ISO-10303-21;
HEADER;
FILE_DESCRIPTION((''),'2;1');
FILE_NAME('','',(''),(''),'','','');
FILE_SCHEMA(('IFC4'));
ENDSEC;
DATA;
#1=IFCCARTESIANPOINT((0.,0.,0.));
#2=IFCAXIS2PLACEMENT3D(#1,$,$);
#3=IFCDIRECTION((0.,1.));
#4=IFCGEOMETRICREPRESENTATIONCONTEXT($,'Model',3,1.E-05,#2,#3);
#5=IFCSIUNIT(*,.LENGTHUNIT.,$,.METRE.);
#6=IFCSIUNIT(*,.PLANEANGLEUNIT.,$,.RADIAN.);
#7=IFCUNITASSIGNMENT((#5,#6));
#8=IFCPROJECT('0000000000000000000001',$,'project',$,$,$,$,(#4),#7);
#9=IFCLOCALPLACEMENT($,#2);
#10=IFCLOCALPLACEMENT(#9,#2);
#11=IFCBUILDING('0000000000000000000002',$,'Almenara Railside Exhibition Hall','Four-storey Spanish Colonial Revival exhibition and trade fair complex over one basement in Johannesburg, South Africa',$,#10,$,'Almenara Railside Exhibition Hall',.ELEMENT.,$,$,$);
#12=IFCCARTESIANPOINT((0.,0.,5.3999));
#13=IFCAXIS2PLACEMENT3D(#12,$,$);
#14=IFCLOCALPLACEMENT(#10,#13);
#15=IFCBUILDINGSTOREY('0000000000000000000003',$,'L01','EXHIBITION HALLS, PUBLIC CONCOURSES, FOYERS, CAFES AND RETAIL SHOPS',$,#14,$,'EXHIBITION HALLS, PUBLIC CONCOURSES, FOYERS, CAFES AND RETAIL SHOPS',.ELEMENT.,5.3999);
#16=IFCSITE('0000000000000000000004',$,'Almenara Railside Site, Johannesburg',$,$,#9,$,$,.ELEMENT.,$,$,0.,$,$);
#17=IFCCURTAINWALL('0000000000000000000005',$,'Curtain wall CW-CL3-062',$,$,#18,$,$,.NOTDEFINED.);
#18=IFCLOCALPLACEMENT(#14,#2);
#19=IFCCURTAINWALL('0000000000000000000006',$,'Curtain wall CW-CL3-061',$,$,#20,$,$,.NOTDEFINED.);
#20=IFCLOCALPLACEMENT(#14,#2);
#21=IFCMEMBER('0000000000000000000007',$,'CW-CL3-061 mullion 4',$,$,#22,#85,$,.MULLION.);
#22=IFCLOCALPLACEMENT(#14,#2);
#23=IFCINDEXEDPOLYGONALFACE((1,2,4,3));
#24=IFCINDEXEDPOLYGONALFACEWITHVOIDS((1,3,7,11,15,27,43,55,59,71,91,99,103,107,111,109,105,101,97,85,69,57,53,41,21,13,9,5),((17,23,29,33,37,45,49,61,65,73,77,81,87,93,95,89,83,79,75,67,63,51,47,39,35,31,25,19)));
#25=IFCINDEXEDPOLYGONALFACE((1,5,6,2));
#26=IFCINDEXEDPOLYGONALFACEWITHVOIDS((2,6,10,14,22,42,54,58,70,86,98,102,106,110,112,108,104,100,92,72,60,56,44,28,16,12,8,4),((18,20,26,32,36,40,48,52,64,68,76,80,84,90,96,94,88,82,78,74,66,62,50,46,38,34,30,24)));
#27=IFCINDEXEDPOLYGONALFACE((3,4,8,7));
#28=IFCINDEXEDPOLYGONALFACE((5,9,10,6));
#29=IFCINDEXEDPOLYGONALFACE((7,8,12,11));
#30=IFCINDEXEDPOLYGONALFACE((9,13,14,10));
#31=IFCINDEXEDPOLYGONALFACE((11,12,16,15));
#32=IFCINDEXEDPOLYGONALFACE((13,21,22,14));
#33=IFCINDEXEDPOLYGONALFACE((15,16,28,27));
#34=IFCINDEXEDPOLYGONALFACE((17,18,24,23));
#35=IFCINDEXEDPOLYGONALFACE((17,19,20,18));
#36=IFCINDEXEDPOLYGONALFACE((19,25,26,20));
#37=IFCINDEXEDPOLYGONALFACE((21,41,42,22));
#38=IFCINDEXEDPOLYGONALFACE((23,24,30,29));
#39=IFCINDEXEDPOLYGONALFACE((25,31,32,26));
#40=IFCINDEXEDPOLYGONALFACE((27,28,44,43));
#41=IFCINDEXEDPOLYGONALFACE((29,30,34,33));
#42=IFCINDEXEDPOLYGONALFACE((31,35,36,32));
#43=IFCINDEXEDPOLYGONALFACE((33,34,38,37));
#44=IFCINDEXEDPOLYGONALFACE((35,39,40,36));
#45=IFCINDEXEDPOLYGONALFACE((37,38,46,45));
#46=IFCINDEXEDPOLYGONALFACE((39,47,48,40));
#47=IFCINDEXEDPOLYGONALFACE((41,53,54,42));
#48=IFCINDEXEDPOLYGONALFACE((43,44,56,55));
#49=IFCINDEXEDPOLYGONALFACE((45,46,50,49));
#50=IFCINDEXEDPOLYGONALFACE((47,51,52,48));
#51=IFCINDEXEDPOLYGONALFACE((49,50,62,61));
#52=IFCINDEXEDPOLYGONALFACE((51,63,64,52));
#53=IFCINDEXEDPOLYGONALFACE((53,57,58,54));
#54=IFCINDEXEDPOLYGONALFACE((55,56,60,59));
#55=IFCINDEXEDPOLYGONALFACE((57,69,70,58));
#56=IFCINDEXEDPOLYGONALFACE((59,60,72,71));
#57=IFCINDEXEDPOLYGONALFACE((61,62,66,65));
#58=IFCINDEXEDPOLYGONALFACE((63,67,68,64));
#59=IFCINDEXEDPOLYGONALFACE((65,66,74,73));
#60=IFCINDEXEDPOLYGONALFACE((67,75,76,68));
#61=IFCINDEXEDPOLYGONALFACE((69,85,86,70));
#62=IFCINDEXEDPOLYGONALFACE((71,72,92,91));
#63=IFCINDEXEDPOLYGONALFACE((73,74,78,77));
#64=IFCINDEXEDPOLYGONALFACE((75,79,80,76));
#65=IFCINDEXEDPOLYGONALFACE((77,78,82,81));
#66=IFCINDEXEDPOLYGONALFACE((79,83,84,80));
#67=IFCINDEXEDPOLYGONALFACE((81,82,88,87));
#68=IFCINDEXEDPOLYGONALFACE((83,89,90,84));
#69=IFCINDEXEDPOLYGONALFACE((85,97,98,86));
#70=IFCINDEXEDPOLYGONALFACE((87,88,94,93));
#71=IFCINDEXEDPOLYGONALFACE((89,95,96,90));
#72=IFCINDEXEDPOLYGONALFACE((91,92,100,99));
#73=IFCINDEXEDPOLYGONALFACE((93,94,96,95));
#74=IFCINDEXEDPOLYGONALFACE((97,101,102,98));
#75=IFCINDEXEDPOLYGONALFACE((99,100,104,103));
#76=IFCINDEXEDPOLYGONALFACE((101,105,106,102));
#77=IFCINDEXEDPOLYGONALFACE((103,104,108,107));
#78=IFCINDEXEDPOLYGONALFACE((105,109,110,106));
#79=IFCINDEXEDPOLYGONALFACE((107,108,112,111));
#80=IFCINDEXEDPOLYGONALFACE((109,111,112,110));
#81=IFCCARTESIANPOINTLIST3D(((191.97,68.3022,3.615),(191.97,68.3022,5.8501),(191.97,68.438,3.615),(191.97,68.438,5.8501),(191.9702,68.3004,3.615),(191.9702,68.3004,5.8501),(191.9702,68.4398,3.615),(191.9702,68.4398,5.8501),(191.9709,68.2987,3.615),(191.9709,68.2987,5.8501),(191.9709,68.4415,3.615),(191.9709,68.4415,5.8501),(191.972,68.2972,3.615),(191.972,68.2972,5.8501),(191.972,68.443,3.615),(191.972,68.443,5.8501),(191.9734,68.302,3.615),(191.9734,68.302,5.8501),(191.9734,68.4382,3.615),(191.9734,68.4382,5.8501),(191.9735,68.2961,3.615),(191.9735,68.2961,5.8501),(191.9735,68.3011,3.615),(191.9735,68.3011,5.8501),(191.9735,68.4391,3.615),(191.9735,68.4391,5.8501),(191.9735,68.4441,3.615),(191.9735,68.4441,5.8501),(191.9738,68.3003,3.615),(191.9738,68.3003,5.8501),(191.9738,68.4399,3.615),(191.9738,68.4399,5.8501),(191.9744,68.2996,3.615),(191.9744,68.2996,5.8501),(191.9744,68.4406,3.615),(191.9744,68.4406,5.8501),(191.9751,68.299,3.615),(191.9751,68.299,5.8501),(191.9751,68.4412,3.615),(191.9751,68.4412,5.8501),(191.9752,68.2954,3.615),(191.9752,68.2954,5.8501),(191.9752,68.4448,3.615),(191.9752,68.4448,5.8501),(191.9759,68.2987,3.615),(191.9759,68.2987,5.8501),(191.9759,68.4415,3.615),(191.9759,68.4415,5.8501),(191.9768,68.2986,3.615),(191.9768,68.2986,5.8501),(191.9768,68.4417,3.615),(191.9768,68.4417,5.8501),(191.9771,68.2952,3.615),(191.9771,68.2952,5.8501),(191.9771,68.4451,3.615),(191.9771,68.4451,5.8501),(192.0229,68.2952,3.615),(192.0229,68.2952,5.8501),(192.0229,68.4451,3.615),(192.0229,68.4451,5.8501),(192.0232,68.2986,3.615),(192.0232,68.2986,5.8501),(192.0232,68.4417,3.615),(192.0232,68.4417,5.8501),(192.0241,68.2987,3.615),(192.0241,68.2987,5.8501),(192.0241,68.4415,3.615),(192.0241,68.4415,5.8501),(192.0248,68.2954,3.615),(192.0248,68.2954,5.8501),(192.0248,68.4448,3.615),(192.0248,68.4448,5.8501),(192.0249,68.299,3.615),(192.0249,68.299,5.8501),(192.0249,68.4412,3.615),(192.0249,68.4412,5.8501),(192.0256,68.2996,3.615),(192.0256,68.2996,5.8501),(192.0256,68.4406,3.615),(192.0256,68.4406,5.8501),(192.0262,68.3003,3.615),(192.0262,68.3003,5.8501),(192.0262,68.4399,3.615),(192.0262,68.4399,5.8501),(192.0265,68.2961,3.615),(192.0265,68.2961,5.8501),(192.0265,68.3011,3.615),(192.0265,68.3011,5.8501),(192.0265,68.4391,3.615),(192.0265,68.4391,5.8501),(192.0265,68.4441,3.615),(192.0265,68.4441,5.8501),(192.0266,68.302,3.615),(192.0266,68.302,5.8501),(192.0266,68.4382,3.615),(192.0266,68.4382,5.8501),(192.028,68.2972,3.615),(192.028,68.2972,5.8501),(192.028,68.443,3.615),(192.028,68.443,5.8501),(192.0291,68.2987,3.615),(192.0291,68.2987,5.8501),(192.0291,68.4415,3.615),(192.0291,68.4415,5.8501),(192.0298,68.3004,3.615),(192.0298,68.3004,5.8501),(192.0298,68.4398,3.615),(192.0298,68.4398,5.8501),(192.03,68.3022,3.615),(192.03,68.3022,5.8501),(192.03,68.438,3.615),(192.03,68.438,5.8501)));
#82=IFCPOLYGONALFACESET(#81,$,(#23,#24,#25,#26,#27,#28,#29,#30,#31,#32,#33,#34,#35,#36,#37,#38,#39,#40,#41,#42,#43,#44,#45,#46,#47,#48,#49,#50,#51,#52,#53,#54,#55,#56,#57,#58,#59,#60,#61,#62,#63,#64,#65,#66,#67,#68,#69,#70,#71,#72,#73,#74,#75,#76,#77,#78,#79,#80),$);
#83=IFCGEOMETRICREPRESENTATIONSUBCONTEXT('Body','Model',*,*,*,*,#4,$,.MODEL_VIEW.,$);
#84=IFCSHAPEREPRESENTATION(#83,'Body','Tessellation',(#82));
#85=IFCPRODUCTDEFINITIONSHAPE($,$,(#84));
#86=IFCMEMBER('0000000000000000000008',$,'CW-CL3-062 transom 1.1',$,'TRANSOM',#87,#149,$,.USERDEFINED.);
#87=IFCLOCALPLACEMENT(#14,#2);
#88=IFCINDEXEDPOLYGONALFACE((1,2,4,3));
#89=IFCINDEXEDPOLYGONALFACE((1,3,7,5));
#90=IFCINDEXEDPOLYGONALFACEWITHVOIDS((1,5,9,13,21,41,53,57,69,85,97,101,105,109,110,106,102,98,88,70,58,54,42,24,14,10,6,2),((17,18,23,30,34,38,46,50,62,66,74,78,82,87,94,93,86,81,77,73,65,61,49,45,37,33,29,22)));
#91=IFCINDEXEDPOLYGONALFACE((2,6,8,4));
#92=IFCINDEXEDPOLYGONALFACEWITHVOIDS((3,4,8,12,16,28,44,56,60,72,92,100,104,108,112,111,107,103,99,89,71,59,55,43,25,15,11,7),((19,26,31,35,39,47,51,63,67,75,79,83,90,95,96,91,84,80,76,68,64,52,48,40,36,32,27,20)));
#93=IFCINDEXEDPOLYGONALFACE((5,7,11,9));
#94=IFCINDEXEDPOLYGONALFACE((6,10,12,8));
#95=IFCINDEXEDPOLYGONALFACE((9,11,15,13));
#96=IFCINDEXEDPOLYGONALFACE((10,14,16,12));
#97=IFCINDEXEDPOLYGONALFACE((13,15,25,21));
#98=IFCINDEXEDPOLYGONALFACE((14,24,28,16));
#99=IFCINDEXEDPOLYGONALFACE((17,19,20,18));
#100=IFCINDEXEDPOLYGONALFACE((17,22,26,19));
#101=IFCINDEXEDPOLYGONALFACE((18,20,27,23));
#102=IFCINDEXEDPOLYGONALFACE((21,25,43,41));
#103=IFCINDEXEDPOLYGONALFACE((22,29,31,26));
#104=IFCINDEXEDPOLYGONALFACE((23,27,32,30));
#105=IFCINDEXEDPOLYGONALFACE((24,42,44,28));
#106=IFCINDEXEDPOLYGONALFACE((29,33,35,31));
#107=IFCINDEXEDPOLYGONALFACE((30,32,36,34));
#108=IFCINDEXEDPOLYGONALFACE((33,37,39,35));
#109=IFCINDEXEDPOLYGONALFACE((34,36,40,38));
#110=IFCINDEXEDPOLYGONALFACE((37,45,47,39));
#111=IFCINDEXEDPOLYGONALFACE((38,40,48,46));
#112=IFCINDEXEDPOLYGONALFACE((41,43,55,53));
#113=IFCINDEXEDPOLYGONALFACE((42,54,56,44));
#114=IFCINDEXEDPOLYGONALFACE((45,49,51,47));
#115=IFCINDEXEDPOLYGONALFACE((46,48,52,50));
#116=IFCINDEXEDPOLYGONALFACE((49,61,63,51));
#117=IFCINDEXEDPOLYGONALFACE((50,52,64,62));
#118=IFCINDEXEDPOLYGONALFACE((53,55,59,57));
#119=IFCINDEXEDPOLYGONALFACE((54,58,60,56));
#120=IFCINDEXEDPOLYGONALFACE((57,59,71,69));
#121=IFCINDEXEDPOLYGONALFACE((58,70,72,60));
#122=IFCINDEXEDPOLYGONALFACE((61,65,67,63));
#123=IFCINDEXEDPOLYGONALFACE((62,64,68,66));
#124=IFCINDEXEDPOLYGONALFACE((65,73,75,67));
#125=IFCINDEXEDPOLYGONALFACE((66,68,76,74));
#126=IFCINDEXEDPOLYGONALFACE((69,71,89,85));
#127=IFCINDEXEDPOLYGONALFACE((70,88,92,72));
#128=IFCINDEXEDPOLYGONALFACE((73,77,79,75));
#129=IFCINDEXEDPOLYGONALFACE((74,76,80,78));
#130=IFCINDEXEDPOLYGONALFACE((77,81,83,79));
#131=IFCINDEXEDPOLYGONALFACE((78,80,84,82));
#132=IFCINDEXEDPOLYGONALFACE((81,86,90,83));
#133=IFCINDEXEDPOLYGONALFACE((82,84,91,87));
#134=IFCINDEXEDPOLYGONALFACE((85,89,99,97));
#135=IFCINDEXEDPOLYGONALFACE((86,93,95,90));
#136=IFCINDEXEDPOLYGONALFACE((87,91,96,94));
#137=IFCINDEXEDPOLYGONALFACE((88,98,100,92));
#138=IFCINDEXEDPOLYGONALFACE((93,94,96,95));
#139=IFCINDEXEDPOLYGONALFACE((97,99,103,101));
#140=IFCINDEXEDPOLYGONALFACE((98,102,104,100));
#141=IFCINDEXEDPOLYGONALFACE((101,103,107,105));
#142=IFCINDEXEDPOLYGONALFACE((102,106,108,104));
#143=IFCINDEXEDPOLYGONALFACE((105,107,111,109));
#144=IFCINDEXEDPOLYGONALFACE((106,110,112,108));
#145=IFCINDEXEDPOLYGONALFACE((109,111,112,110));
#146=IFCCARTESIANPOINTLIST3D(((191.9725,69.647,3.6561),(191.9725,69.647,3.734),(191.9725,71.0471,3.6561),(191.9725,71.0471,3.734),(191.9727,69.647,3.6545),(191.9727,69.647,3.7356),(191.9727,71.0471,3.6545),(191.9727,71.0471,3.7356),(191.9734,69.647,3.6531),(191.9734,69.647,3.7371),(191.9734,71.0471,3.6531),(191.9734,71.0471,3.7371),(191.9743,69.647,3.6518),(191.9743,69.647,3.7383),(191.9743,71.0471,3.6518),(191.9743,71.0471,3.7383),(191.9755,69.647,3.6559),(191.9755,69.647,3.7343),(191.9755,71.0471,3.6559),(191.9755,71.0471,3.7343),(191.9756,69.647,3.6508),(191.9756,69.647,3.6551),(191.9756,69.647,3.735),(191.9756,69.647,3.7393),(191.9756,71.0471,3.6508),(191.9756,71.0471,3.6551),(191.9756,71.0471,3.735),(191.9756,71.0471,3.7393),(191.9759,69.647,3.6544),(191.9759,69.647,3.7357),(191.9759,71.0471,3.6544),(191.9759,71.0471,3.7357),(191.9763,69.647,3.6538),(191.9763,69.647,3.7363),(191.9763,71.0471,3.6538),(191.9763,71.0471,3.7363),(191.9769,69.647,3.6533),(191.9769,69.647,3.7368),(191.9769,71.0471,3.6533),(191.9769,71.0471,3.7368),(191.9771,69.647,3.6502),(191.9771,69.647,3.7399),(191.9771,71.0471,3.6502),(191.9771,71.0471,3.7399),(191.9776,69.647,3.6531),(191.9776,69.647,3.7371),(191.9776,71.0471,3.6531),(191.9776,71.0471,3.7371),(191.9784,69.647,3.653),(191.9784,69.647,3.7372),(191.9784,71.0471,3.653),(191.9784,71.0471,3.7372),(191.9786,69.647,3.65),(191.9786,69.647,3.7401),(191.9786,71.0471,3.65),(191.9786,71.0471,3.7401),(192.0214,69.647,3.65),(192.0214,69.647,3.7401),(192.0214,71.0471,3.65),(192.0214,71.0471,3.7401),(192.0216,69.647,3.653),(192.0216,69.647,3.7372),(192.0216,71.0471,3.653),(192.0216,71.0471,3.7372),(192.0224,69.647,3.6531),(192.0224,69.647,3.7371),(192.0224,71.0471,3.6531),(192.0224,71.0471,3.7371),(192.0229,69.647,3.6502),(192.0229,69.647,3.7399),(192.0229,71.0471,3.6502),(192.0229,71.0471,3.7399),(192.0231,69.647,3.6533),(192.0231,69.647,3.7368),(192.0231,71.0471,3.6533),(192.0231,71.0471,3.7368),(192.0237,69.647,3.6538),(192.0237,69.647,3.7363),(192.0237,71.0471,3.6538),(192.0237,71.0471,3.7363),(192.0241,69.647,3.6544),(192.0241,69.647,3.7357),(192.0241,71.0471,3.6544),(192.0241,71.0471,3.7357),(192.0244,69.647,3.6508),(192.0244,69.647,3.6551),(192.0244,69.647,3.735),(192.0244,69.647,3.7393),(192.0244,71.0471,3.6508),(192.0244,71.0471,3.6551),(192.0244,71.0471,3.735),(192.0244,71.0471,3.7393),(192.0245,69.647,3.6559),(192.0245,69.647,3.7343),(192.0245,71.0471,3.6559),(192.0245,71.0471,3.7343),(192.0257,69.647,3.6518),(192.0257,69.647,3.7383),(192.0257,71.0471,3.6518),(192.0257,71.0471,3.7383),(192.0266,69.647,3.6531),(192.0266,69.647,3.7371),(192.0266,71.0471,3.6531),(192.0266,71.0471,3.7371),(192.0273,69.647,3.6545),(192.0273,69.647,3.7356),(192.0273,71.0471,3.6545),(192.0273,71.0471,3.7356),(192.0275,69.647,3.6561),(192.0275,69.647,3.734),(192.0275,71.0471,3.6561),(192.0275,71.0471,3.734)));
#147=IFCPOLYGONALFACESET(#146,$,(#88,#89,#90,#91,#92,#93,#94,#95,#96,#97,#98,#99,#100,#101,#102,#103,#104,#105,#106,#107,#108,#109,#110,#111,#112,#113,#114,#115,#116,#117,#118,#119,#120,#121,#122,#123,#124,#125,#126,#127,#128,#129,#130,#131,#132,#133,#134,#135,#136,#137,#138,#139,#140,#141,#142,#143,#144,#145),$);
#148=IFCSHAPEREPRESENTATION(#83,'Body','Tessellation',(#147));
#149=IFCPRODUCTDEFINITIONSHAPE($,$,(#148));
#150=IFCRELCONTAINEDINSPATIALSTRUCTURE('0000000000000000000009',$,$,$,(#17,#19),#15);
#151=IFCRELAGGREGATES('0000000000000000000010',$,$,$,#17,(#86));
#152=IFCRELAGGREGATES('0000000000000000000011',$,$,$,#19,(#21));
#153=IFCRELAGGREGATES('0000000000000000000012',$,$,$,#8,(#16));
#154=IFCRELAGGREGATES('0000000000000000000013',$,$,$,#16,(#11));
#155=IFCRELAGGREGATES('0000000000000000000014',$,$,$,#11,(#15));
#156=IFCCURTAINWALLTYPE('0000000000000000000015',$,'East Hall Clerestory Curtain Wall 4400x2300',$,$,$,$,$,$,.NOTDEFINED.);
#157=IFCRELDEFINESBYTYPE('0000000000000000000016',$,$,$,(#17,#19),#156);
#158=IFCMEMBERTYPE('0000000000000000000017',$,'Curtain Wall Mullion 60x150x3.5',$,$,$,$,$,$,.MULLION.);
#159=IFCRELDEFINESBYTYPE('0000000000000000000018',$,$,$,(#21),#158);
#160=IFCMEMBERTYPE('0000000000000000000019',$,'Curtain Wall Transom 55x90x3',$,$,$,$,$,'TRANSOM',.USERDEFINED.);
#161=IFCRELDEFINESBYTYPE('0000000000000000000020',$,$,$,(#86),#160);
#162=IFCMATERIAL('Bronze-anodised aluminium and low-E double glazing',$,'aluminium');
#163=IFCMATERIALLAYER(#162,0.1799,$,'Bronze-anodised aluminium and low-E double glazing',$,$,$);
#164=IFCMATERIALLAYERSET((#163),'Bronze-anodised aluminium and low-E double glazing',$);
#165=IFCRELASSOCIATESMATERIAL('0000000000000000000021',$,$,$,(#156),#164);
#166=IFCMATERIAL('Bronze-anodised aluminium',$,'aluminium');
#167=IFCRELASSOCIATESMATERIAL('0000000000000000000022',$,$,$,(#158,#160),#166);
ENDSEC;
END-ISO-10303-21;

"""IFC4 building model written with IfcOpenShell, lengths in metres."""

from ifc_helpers import new_model, si_unit, direction, frame, origin, origin_2d, place, context, subcontext, project, spatial, hollow_rectangle, extrude, material, layer, layer_set, material_profile, profile_set, type_object, element, aggregate, save


model = new_model("IFC4")

# Units and contexts
model_context = context("Model", 3, precision=1e-05, world=origin(), true_north=direction((0.0, 1.0)))
body_context = subcontext(model_context, "Body", "Model", "MODEL_VIEW")
ifc_project = project(units=[si_unit("LENGTHUNIT", "METRE"), si_unit("PLANEANGLEUNIT", "RADIAN")], contexts=[model_context])

# Site, building, storey
site_placement = place(None, origin())
site = spatial("IfcSite", under=ifc_project, at=site_placement, Name="Almenara Railside Site, Johannesburg", CompositionType="ELEMENT", RefElevation=0.0)
building_placement = place(site_placement, origin())
building = spatial("IfcBuilding", under=site, at=building_placement, Name="Almenara Railside Exhibition Hall", Description="Four-storey Spanish Colonial Revival exhibition and trade fair complex over one basement in Johannesburg, South Africa", LongName="Almenara Railside Exhibition Hall", CompositionType="ELEMENT")
storey_placement = place(building_placement, frame((0.0, 0.0, 5.3999)))
storey = spatial("IfcBuildingStorey", under=building, at=storey_placement, Name="L01", Description="EXHIBITION HALLS, PUBLIC CONCOURSES, FOYERS, CAFES AND RETAIL SHOPS", LongName="EXHIBITION HALLS, PUBLIC CONCOURSES, FOYERS, CAFES AND RETAIL SHOPS", CompositionType="ELEMENT", Elevation=5.3999)

# Curtain wall
ifc_material_1 = material(Name="Bronze-anodised aluminium and low-E double glazing", Category="aluminium")
ifc_layer_1 = layer(ifc_material_1, 0.1799, Name="Bronze-anodised aluminium and low-E double glazing")
ifc_layer_set_1 = layer_set([ifc_layer_1], Name="Bronze-anodised aluminium and low-E double glazing")
curtain_wall_type = type_object("IfcCurtainWallType", Name="East Hall Clerestory Curtain Wall 4400x2300", PredefinedType="NOTDEFINED", material=ifc_layer_set_1)
curtain_wall_1_placement = place(storey_placement, origin())
curtain_wall_1 = element("IfcCurtainWall", 1, at=curtain_wall_1_placement, inside=storey, type_object=curtain_wall_type, Name="Curtain wall CW-CL3-062", PredefinedType="NOTDEFINED")
ifc_material_2 = material(Name="Bronze-anodised aluminium", Category="aluminium")

# Curtain wall, member
curtain_wall_2_placement = place(storey_placement, origin())
curtain_wall_2 = element("IfcCurtainWall", 2, at=curtain_wall_2_placement, inside=storey, type_object=curtain_wall_type, Name="Curtain wall CW-CL3-061", PredefinedType="NOTDEFINED")
ifc_material_profile_1 = material_profile(ifc_material_2, hollow_rectangle(XDim=0.0601, YDim=0.1499, WallThickness=0.0034, InnerFilletRadius=0.0034, OuterFilletRadius=0.0071, at=origin_2d()), Name="ALU-MUL 60x150x3.5")
ifc_profile_set_1 = profile_set([ifc_material_profile_1], Name="Bronze-anodised aluminium")
member_type_1 = type_object("IfcMemberType", Name="Curtain Wall Mullion 60x150x3.5", PredefinedType="MULLION", material=ifc_profile_set_1)
member_1_placement = place(storey_placement, frame((192.0, 68.3701, 3.615), z_axis=(0.0, 0.0, 1.0), x_axis=(-1.0, 0.0, 0.0)))
member_1 = element("IfcMember", 3, at=member_1_placement, type_object=member_type_1, Name="CW-CL3-061 mullion 4", PredefinedType="MULLION", context=body_context, shape_type="SweptSolid", body=[
    extrude(hollow_rectangle(XDim=0.0601, YDim=0.1499, WallThickness=0.0034, InnerFilletRadius=0.0034, OuterFilletRadius=0.0071, at=origin_2d()), origin(), (0.0, 0.0, 1.0), 2.2351),
])

# Member
ifc_material_profile_2 = material_profile(ifc_material_2, hollow_rectangle(XDim=0.0549, YDim=0.0901, WallThickness=0.0029, InnerFilletRadius=0.0029, OuterFilletRadius=0.0061, at=origin_2d()), Name="ALU-TRN 55x90x3")
ifc_profile_set_2 = profile_set([ifc_material_profile_2], Name="Bronze-anodised aluminium")
member_type_2 = type_object("IfcMemberType", Name="Curtain Wall Transom 55x90x3", ElementType="TRANSOM", PredefinedType="USERDEFINED", material=ifc_profile_set_2)
member_2_placement = place(storey_placement, frame((192.0, 69.647, 3.6951), z_axis=(0.0, 1.0, 0.0), x_axis=(-1.0, 0.0, 0.0)))
member_2 = element("IfcMember", 4, at=member_2_placement, type_object=member_type_2, Name="CW-CL3-062 transom 1.1", ObjectType="TRANSOM", PredefinedType="USERDEFINED", context=body_context, shape_type="SweptSolid", body=[
    extrude(hollow_rectangle(XDim=0.0549, YDim=0.0901, WallThickness=0.0029, InnerFilletRadius=0.0029, OuterFilletRadius=0.0061, at=origin_2d()), origin(), (0.0, 0.0, 1.0), 1.4001),
])
aggregate(curtain_wall_1, [member_2])

aggregate(curtain_wall_2, [member_1])

save(model, "model.ifc")
